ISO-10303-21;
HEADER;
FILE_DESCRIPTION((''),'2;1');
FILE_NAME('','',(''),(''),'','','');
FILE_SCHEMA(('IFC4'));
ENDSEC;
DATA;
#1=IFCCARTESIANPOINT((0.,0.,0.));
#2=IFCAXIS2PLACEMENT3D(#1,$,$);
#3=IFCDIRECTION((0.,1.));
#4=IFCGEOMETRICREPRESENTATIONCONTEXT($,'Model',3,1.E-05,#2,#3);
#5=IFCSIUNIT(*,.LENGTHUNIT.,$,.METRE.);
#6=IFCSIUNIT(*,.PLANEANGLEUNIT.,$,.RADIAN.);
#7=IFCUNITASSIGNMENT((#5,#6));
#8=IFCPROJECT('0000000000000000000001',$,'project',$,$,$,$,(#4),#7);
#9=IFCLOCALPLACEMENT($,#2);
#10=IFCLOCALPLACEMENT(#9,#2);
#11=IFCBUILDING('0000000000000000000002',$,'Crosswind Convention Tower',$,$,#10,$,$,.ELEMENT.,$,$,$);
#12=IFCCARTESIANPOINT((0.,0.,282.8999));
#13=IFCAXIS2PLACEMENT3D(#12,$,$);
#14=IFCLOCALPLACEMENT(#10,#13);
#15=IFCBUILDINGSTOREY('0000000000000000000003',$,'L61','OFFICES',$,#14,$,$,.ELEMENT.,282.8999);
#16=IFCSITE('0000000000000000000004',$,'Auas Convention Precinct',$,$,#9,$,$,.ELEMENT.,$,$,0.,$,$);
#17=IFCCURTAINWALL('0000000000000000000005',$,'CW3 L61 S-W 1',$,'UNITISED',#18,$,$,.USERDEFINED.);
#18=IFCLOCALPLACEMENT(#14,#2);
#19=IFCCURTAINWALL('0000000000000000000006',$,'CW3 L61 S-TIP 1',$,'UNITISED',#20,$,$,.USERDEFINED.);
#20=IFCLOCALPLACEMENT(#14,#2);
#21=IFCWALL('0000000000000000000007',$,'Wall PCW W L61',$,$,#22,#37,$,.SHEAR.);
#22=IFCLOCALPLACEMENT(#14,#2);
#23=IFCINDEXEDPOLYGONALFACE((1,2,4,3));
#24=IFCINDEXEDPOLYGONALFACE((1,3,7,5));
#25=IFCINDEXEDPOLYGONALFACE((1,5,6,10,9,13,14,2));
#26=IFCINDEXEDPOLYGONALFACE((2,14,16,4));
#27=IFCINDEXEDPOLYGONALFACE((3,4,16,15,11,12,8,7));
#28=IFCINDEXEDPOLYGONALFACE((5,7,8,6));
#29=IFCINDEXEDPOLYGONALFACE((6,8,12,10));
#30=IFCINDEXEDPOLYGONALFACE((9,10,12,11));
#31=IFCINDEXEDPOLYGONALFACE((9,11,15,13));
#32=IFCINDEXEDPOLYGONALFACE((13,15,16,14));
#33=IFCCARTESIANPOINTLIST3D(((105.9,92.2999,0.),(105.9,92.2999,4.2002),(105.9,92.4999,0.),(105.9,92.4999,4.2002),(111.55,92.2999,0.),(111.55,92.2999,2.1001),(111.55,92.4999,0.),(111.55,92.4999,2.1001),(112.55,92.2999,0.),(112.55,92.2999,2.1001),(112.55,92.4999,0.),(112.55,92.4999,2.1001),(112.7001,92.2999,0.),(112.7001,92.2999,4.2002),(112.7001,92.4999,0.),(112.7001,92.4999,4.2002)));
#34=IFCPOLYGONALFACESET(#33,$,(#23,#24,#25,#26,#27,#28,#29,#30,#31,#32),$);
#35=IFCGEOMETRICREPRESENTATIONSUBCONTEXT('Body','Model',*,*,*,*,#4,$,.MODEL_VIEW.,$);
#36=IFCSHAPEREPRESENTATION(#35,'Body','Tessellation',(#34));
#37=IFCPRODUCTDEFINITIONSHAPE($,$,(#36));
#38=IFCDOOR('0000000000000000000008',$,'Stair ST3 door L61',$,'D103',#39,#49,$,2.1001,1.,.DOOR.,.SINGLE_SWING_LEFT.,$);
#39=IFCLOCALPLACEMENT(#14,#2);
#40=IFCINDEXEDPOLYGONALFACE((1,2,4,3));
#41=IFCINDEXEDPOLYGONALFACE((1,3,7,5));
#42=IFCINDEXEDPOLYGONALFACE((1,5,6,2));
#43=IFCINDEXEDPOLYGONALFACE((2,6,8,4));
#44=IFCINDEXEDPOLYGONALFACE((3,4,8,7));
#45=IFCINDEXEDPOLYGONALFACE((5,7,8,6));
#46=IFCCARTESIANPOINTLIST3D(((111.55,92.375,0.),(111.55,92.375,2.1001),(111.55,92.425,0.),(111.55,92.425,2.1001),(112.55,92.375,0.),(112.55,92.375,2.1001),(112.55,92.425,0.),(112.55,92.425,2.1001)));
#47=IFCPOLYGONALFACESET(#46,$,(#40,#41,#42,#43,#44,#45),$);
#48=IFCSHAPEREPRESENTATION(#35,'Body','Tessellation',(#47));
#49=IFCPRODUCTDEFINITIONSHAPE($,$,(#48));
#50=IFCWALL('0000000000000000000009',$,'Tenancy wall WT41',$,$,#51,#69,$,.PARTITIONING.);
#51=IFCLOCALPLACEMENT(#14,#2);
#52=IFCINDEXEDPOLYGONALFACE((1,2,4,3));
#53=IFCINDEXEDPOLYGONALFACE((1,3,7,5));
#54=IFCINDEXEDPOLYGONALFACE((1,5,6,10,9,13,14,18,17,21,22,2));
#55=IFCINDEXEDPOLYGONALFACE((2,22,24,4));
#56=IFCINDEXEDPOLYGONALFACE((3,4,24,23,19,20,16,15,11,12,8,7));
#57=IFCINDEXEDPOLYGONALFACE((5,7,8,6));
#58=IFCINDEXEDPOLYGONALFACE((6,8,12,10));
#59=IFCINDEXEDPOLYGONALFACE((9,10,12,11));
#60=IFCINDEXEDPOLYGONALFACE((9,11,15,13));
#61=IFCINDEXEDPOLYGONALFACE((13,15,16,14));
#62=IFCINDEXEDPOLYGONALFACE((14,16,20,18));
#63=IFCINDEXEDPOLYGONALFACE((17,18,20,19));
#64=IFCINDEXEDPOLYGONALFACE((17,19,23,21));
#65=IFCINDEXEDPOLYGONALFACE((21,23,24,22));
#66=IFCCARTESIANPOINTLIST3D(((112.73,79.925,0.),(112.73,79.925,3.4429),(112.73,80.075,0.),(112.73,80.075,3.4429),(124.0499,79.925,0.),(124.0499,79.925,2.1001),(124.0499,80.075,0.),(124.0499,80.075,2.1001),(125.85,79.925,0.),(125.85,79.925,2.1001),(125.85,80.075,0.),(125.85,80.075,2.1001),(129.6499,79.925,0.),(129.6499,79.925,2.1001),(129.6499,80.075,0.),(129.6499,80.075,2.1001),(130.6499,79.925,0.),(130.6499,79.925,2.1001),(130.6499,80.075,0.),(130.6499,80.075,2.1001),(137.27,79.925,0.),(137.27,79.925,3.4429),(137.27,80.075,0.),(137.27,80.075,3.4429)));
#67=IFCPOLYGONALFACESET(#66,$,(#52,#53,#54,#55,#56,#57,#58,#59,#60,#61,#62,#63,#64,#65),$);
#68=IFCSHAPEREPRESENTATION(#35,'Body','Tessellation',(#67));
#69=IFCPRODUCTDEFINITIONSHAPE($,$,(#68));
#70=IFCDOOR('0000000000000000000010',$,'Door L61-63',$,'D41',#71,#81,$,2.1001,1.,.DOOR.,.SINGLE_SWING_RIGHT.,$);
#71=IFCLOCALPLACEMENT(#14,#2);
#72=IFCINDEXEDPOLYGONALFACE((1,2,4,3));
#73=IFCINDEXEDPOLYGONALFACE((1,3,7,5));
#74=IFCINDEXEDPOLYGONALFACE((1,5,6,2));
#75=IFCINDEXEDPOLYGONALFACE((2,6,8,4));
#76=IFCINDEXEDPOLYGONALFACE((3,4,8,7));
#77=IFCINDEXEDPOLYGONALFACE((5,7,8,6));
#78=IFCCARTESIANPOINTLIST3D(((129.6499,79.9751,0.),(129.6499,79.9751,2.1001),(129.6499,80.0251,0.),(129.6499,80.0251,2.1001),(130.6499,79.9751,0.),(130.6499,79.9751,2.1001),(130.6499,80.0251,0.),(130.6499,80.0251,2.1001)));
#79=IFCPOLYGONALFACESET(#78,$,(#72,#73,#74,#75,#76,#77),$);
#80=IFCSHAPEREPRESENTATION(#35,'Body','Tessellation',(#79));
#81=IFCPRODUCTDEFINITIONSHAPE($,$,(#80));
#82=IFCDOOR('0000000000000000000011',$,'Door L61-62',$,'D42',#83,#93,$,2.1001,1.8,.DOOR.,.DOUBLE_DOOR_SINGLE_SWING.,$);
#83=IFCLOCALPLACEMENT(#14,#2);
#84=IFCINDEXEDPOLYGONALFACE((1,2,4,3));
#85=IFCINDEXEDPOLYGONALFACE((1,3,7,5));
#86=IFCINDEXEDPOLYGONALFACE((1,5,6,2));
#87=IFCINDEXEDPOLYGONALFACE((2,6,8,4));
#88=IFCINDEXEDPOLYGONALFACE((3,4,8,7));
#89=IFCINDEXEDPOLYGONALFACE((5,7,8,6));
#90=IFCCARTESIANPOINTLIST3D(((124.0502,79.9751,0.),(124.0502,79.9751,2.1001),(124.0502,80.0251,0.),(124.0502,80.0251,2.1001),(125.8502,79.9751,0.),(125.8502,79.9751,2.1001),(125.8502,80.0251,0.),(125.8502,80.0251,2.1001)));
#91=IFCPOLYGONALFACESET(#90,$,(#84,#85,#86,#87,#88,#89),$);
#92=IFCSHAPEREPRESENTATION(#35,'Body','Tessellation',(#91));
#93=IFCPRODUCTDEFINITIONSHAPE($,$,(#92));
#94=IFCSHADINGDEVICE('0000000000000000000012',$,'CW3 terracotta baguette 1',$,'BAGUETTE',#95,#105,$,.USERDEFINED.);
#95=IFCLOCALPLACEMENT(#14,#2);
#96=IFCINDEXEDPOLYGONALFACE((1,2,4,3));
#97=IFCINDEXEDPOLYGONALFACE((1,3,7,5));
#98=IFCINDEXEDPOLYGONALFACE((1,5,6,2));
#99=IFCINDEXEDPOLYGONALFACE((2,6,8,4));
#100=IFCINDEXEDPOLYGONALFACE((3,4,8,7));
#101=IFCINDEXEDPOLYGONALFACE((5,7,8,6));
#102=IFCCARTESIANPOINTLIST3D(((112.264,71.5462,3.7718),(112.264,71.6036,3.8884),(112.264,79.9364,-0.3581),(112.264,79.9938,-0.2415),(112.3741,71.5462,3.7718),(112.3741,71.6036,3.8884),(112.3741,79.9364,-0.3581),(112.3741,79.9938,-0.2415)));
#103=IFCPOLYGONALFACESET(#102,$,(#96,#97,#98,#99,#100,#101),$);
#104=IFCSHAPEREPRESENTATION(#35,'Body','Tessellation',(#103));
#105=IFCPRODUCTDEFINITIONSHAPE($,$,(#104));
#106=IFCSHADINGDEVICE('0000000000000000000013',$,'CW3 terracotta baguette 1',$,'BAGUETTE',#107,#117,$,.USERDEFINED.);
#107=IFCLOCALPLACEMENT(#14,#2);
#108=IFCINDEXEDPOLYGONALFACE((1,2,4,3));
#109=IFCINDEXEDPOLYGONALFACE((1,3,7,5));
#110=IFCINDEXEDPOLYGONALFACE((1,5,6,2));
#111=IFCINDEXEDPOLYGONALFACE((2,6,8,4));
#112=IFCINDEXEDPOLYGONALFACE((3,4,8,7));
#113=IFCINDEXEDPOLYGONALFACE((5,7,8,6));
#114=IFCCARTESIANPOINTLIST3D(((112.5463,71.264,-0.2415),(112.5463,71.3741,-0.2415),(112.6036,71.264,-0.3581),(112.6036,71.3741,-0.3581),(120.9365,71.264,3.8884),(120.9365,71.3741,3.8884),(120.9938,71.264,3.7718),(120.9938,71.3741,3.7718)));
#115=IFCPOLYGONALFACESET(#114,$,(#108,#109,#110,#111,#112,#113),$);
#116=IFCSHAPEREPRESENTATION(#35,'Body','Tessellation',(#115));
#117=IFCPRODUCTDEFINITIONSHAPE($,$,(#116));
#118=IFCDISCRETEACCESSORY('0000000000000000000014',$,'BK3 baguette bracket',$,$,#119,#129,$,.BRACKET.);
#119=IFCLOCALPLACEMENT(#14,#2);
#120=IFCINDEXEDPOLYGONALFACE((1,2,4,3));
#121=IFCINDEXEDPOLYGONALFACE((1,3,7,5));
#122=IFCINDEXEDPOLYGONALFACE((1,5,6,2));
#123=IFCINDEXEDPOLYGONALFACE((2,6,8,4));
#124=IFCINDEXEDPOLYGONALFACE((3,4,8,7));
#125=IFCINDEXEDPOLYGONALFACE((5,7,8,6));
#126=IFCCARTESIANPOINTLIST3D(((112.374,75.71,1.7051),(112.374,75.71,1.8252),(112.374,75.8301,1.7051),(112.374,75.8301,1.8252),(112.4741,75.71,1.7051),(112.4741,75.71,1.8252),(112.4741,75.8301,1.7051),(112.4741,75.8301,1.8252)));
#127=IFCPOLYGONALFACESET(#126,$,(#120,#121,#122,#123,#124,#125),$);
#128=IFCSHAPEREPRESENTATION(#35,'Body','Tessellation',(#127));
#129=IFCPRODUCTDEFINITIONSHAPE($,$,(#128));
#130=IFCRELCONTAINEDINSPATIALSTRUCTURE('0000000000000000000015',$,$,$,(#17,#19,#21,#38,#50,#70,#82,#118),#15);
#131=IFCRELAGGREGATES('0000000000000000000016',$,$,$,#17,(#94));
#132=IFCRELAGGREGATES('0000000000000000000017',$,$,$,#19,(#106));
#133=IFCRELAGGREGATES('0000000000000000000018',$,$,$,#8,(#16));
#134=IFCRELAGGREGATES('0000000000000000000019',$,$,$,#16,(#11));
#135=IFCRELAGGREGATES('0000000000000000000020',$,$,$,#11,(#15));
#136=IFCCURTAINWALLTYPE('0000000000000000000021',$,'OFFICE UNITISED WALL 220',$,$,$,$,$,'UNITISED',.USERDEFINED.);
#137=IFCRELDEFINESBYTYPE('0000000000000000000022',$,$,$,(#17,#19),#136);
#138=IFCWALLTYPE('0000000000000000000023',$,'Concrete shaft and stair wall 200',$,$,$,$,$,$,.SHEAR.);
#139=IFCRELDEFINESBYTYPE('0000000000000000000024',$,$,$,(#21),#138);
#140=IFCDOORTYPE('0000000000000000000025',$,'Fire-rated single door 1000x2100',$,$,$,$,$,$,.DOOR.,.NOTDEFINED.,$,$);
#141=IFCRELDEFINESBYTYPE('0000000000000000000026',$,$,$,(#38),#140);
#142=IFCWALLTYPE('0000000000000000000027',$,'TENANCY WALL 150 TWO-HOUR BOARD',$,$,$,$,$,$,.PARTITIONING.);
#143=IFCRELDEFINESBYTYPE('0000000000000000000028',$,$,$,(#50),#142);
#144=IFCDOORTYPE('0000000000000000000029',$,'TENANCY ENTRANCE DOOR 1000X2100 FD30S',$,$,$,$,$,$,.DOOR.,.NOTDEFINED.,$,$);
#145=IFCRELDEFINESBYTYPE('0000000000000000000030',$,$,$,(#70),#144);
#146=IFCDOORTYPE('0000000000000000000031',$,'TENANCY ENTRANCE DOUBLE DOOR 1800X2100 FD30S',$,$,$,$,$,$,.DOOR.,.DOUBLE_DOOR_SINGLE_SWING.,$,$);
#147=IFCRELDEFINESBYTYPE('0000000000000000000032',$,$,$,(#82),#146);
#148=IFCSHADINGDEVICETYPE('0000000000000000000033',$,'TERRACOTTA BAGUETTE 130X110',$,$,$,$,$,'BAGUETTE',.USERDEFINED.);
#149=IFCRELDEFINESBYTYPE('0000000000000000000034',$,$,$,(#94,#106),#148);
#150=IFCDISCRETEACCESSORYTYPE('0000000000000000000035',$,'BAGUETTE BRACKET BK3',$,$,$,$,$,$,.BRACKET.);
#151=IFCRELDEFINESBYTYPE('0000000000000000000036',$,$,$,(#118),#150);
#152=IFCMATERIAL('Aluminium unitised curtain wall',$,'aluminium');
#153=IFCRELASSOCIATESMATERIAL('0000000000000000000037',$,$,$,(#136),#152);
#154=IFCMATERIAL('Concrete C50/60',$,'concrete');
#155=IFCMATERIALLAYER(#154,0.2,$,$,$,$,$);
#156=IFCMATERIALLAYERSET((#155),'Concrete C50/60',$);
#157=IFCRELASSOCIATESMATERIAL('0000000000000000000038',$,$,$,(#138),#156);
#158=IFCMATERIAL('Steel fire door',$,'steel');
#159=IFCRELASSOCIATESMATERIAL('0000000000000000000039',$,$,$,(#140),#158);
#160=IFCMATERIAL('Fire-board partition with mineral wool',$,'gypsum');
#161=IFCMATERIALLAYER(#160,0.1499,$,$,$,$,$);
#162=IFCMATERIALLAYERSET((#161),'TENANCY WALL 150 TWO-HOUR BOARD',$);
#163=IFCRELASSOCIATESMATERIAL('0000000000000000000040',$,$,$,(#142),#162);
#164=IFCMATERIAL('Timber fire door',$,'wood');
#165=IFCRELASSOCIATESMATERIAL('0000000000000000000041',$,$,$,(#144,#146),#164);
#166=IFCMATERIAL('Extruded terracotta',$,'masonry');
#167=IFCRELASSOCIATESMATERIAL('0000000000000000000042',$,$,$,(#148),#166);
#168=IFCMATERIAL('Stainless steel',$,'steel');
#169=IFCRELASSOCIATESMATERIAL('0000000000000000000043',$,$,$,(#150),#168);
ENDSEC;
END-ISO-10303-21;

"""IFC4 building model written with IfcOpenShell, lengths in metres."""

from ifc_helpers import new_model, si_unit, direction, frame, frame_2d, origin, origin_2d, place, context, subcontext, project, spatial, rectangle, extrude, material, layer, layer_set, material_profile, profile_set, type_object, element, fill, aggregate, save


model = new_model("IFC4")

# Units and contexts
model_context = context("Model", 3, precision=1e-05, world=origin(), true_north=direction((0.0, 1.0)))
body_context = subcontext(model_context, "Body", "Model", "MODEL_VIEW")
ifc_project = project(units=[si_unit("LENGTHUNIT", "METRE"), si_unit("PLANEANGLEUNIT", "RADIAN")], contexts=[model_context])

# Site, building, storey
site_placement = place(None, origin())
site = spatial("IfcSite", under=ifc_project, at=site_placement, Name="Auas Convention Precinct", CompositionType="ELEMENT", RefElevation=0.0)
building_placement = place(site_placement, origin())
building = spatial("IfcBuilding", under=site, at=building_placement, Name="Crosswind Convention Tower", CompositionType="ELEMENT")
storey_placement = place(building_placement, frame((0.0, 0.0, 282.8999)))
storey = spatial("IfcBuildingStorey", under=building, at=storey_placement, Name="L61", Description="OFFICES", CompositionType="ELEMENT", Elevation=282.8999)

# Curtain wall
ifc_material_1 = material(Name="Aluminium unitised curtain wall", Category="aluminium")
curtain_wall_type_1 = type_object("IfcCurtainWallType", Name="OFFICE UNITISED WALL 220", ElementType="UNITISED", PredefinedType="USERDEFINED", material=ifc_material_1)
curtain_wall_1_placement = place(storey_placement, origin())
curtain_wall_1 = element("IfcCurtainWall", 1, at=curtain_wall_1_placement, inside=storey, type_object=curtain_wall_type_1, Name="CW3 L61 S-W 1", ObjectType="UNITISED", PredefinedType="USERDEFINED")

# Curtain wall
curtain_wall_2_placement = place(storey_placement, origin())
curtain_wall_2 = element("IfcCurtainWall", 2, at=curtain_wall_2_placement, inside=storey, type_object=curtain_wall_type_1, Name="CW3 L61 S-TIP 1", ObjectType="UNITISED", PredefinedType="USERDEFINED")

# Wall, opening, door
ifc_material_2 = material(Name="Concrete C50/60", Category="concrete")
ifc_layer_1 = layer(ifc_material_2, 0.2)
ifc_layer_set_1 = layer_set([ifc_layer_1], Name="Concrete C50/60")
wall_type_1 = type_object("IfcWallType", Name="Concrete shaft and stair wall 200", PredefinedType="SHEAR", material=ifc_layer_set_1)
ifc_material_3 = material(Name="Steel fire door", Category="steel")
wall_1_placement = place(storey_placement, frame((112.7, 92.3999, 0.0), z_axis=(0.0, 0.0, 1.0), x_axis=(-1.0, 0.0, 0.0)))
wall_1 = element("IfcWall", 3, at=wall_1_placement, inside=storey, type_object=wall_type_1, Name="Wall PCW W L61", PredefinedType="SHEAR", context=body_context, shape_type="SweptSolid", body=[
    extrude(rectangle(XDim=6.8, YDim=0.2, at=frame_2d((3.3999, 0.0))), origin(), (0.0, 0.0, 1.0), 4.2002),
])
opening_1_placement = place(wall_1_placement, frame((0.1499, 0.0, 0.0)))
opening_1 = element("IfcOpeningElement", 4, at=opening_1_placement, cuts=wall_1, PredefinedType="OPENING", context=body_context, shape_type="SweptSolid", body=[
    extrude(rectangle(XDim=1.0, YDim=2.1001, at=frame_2d((0.5, 1.05))), frame((0.0, 0.1099, 0.0), z_axis=(0.0, -1.0, 0.0), x_axis=(1.0, 0.0, 0.0)), (0.0, 0.0, 1.0), 0.22),
])
door_type_1 = type_object("IfcDoorType", Name="Fire-rated single door 1000x2100", OperationType="NOTDEFINED", PredefinedType="DOOR", material=ifc_material_3)
door_1_placement = place(opening_1_placement, origin())
door_1 = element("IfcDoor", 5, at=door_1_placement, inside=storey, type_object=door_type_1, Name="Stair ST3 door L61", ObjectType="D103", OperationType="SINGLE_SWING_LEFT", OverallHeight=2.1001, OverallWidth=1.0, PredefinedType="DOOR", context=body_context, shape_type="SweptSolid", body=[
    extrude(rectangle(XDim=1.0, YDim=2.1001, at=frame_2d((0.5, 1.05))), frame((0.0, 0.0249, 0.0), z_axis=(0.0, -1.0, 0.0), x_axis=(1.0, 0.0, 0.0)), (0.0, 0.0, 1.0), 0.05),
])
fill(opening_1, door_1)

# Wall, openings, doors
ifc_material_4 = material(Name="Fire-board partition with mineral wool", Category="gypsum")
ifc_layer_2 = layer(ifc_material_4, 0.1499)
ifc_layer_set_2 = layer_set([ifc_layer_2], Name="TENANCY WALL 150 TWO-HOUR BOARD")
wall_type_2 = type_object("IfcWallType", Name="TENANCY WALL 150 TWO-HOUR BOARD", PredefinedType="PARTITIONING", material=ifc_layer_set_2)
wall_2_placement = place(storey_placement, frame((112.73, 80.0, 0.0), z_axis=(0.0, 0.0, 1.0), x_axis=(1.0, 0.0, 0.0)))
wall_2 = element("IfcWall", 6, at=wall_2_placement, inside=storey, type_object=wall_type_2, Name="Tenancy wall WT41", PredefinedType="PARTITIONING", context=body_context, shape_type="SweptSolid", body=[
    extrude(rectangle(XDim=24.54, YDim=0.1499, at=frame_2d((12.27, 0.0))), origin(), (0.0, 0.0, 1.0), 3.4429),
])
opening_2_placement = place(wall_2_placement, frame((11.3201, 0.0, 0.0)))
opening_2 = element("IfcOpeningElement", 7, at=opening_2_placement, cuts=wall_2, PredefinedType="OPENING", context=body_context, shape_type="SweptSolid", body=[
    extrude(rectangle(XDim=1.8, YDim=2.1001, at=frame_2d((0.8999, 1.05))), frame((0.0, 0.085, 0.0), z_axis=(0.0, -1.0, 0.0), x_axis=(1.0, 0.0, 0.0)), (0.0, 0.0, 1.0), 0.1699),
])
opening_3_placement = place(wall_2_placement, frame((16.9199, 0.0, 0.0)))
opening_3 = element("IfcOpeningElement", 8, at=opening_3_placement, cuts=wall_2, PredefinedType="OPENING", context=body_context, shape_type="SweptSolid", body=[
    extrude(rectangle(XDim=1.0, YDim=2.1001, at=frame_2d((0.5, 1.05))), frame((0.0, 0.085, 0.0), z_axis=(0.0, -1.0, 0.0), x_axis=(1.0, 0.0, 0.0)), (0.0, 0.0, 1.0), 0.1699),
])
ifc_material_5 = material(Name="Timber fire door", Category="wood")
door_type_2 = type_object("IfcDoorType", Name="TENANCY ENTRANCE DOOR 1000X2100 FD30S", OperationType="NOTDEFINED", PredefinedType="DOOR", material=ifc_material_5)
door_2_placement = place(opening_3_placement, frame((1.0, 0.0, 0.0), z_axis=(0.0, 0.0, 1.0), x_axis=(-1.0, 0.0, 0.0)))
door_2 = element("IfcDoor", 9, at=door_2_placement, inside=storey, type_object=door_type_2, Name="Door L61-63", ObjectType="D41", OperationType="SINGLE_SWING_RIGHT", OverallHeight=2.1001, OverallWidth=1.0, PredefinedType="DOOR", context=body_context, shape_type="SweptSolid", body=[
    extrude(rectangle(XDim=1.0, YDim=2.1001, at=frame_2d((0.5, 1.05))), frame((0.0, 0.0249, 0.0), z_axis=(0.0, -1.0, 0.0), x_axis=(1.0, 0.0, 0.0)), (0.0, 0.0, 1.0), 0.05),
])
fill(opening_3, door_2)
door_type_3 = type_object("IfcDoorType", Name="TENANCY ENTRANCE DOUBLE DOOR 1800X2100 FD30S", OperationType="DOUBLE_DOOR_SINGLE_SWING", PredefinedType="DOOR", material=ifc_material_5)
door_3_placement = place(opening_2_placement, frame((1.8, 0.0, 0.0), z_axis=(0.0, 0.0, 1.0), x_axis=(-1.0, 0.0, 0.0)))
door_3 = element("IfcDoor", 10, at=door_3_placement, inside=storey, type_object=door_type_3, Name="Door L61-62", ObjectType="D42", OperationType="DOUBLE_DOOR_SINGLE_SWING", OverallHeight=2.1001, OverallWidth=1.8, PredefinedType="DOOR", context=body_context, shape_type="SweptSolid", body=[
    extrude(rectangle(XDim=1.8, YDim=2.1001, at=frame_2d((0.8999, 1.05))), frame((0.0, 0.0249, 0.0), z_axis=(0.0, -1.0, 0.0), x_axis=(1.0, 0.0, 0.0)), (0.0, 0.0, 1.0), 0.05),
])
fill(opening_2, door_3)

# Shading devices
ifc_material_6 = material(Name="Extruded terracotta", Category="masonry")
ifc_material_profile_1 = material_profile(ifc_material_6, rectangle(XDim=0.1101, YDim=0.1299, at=origin_2d()), Name="TC 110X130")
ifc_profile_set_1 = profile_set([ifc_material_profile_1], Name="Extruded terracotta")
shading_device_type = type_object("IfcShadingDeviceType", Name="TERRACOTTA BAGUETTE 130X110", ElementType="BAGUETTE", PredefinedType="USERDEFINED", material=ifc_profile_set_1)
shading_device_1_placement = place(storey_placement, frame((112.3191, 79.9651, -0.2998), z_axis=(0.0, -0.897198, 0.441628), x_axis=(1.0, 0.0, 0.0)))
shading_device_1 = element("IfcShadingDevice", 11, at=shading_device_1_placement, type_object=shading_device_type, Name="CW3 terracotta baguette 1", ObjectType="BAGUETTE", PredefinedType="USERDEFINED", context=body_context, shape_type="SweptSolid", body=[
    extrude(rectangle(XDim=0.1101, YDim=0.1299, at=origin_2d()), origin(), (0.0, 0.0, 1.0), 9.3516),
])
aggregate(curtain_wall_1, [shading_device_1])
shading_device_2_placement = place(storey_placement, frame((112.575, 71.3191, -0.2998), z_axis=(0.897198, 0.0, 0.441628), x_axis=(0.0, 1.0, 0.0)))
shading_device_2 = element("IfcShadingDevice", 12, at=shading_device_2_placement, type_object=shading_device_type, Name="CW3 terracotta baguette 1", ObjectType="BAGUETTE", PredefinedType="USERDEFINED", context=body_context, shape_type="SweptSolid", body=[
    extrude(rectangle(XDim=0.1101, YDim=0.1299, at=origin_2d()), origin(), (0.0, 0.0, 1.0), 9.3516),
])
aggregate(curtain_wall_2, [shading_device_2])

# Discrete accessory
ifc_material_7 = material(Name="Stainless steel", Category="steel")
discrete_accessory_type = type_object("IfcDiscreteAccessoryType", Name="BAGUETTE BRACKET BK3", PredefinedType="BRACKET", material=ifc_material_7)
discrete_accessory_placement = place(storey_placement, frame((112.4241, 75.77, 1.7051), z_axis=(0.0, 0.0, 1.0), x_axis=(0.0, -1.0, 0.0)))
element("IfcDiscreteAccessory", 13, at=discrete_accessory_placement, inside=storey, type_object=discrete_accessory_type, Name="BK3 baguette bracket", PredefinedType="BRACKET", context=body_context, shape_type="SweptSolid", body=[
    extrude(rectangle(XDim=0.1201, YDim=0.1001, at=origin_2d()), origin(), (0.0, 0.0, 1.0), 0.1201),
])

save(model, "model.ifc")
